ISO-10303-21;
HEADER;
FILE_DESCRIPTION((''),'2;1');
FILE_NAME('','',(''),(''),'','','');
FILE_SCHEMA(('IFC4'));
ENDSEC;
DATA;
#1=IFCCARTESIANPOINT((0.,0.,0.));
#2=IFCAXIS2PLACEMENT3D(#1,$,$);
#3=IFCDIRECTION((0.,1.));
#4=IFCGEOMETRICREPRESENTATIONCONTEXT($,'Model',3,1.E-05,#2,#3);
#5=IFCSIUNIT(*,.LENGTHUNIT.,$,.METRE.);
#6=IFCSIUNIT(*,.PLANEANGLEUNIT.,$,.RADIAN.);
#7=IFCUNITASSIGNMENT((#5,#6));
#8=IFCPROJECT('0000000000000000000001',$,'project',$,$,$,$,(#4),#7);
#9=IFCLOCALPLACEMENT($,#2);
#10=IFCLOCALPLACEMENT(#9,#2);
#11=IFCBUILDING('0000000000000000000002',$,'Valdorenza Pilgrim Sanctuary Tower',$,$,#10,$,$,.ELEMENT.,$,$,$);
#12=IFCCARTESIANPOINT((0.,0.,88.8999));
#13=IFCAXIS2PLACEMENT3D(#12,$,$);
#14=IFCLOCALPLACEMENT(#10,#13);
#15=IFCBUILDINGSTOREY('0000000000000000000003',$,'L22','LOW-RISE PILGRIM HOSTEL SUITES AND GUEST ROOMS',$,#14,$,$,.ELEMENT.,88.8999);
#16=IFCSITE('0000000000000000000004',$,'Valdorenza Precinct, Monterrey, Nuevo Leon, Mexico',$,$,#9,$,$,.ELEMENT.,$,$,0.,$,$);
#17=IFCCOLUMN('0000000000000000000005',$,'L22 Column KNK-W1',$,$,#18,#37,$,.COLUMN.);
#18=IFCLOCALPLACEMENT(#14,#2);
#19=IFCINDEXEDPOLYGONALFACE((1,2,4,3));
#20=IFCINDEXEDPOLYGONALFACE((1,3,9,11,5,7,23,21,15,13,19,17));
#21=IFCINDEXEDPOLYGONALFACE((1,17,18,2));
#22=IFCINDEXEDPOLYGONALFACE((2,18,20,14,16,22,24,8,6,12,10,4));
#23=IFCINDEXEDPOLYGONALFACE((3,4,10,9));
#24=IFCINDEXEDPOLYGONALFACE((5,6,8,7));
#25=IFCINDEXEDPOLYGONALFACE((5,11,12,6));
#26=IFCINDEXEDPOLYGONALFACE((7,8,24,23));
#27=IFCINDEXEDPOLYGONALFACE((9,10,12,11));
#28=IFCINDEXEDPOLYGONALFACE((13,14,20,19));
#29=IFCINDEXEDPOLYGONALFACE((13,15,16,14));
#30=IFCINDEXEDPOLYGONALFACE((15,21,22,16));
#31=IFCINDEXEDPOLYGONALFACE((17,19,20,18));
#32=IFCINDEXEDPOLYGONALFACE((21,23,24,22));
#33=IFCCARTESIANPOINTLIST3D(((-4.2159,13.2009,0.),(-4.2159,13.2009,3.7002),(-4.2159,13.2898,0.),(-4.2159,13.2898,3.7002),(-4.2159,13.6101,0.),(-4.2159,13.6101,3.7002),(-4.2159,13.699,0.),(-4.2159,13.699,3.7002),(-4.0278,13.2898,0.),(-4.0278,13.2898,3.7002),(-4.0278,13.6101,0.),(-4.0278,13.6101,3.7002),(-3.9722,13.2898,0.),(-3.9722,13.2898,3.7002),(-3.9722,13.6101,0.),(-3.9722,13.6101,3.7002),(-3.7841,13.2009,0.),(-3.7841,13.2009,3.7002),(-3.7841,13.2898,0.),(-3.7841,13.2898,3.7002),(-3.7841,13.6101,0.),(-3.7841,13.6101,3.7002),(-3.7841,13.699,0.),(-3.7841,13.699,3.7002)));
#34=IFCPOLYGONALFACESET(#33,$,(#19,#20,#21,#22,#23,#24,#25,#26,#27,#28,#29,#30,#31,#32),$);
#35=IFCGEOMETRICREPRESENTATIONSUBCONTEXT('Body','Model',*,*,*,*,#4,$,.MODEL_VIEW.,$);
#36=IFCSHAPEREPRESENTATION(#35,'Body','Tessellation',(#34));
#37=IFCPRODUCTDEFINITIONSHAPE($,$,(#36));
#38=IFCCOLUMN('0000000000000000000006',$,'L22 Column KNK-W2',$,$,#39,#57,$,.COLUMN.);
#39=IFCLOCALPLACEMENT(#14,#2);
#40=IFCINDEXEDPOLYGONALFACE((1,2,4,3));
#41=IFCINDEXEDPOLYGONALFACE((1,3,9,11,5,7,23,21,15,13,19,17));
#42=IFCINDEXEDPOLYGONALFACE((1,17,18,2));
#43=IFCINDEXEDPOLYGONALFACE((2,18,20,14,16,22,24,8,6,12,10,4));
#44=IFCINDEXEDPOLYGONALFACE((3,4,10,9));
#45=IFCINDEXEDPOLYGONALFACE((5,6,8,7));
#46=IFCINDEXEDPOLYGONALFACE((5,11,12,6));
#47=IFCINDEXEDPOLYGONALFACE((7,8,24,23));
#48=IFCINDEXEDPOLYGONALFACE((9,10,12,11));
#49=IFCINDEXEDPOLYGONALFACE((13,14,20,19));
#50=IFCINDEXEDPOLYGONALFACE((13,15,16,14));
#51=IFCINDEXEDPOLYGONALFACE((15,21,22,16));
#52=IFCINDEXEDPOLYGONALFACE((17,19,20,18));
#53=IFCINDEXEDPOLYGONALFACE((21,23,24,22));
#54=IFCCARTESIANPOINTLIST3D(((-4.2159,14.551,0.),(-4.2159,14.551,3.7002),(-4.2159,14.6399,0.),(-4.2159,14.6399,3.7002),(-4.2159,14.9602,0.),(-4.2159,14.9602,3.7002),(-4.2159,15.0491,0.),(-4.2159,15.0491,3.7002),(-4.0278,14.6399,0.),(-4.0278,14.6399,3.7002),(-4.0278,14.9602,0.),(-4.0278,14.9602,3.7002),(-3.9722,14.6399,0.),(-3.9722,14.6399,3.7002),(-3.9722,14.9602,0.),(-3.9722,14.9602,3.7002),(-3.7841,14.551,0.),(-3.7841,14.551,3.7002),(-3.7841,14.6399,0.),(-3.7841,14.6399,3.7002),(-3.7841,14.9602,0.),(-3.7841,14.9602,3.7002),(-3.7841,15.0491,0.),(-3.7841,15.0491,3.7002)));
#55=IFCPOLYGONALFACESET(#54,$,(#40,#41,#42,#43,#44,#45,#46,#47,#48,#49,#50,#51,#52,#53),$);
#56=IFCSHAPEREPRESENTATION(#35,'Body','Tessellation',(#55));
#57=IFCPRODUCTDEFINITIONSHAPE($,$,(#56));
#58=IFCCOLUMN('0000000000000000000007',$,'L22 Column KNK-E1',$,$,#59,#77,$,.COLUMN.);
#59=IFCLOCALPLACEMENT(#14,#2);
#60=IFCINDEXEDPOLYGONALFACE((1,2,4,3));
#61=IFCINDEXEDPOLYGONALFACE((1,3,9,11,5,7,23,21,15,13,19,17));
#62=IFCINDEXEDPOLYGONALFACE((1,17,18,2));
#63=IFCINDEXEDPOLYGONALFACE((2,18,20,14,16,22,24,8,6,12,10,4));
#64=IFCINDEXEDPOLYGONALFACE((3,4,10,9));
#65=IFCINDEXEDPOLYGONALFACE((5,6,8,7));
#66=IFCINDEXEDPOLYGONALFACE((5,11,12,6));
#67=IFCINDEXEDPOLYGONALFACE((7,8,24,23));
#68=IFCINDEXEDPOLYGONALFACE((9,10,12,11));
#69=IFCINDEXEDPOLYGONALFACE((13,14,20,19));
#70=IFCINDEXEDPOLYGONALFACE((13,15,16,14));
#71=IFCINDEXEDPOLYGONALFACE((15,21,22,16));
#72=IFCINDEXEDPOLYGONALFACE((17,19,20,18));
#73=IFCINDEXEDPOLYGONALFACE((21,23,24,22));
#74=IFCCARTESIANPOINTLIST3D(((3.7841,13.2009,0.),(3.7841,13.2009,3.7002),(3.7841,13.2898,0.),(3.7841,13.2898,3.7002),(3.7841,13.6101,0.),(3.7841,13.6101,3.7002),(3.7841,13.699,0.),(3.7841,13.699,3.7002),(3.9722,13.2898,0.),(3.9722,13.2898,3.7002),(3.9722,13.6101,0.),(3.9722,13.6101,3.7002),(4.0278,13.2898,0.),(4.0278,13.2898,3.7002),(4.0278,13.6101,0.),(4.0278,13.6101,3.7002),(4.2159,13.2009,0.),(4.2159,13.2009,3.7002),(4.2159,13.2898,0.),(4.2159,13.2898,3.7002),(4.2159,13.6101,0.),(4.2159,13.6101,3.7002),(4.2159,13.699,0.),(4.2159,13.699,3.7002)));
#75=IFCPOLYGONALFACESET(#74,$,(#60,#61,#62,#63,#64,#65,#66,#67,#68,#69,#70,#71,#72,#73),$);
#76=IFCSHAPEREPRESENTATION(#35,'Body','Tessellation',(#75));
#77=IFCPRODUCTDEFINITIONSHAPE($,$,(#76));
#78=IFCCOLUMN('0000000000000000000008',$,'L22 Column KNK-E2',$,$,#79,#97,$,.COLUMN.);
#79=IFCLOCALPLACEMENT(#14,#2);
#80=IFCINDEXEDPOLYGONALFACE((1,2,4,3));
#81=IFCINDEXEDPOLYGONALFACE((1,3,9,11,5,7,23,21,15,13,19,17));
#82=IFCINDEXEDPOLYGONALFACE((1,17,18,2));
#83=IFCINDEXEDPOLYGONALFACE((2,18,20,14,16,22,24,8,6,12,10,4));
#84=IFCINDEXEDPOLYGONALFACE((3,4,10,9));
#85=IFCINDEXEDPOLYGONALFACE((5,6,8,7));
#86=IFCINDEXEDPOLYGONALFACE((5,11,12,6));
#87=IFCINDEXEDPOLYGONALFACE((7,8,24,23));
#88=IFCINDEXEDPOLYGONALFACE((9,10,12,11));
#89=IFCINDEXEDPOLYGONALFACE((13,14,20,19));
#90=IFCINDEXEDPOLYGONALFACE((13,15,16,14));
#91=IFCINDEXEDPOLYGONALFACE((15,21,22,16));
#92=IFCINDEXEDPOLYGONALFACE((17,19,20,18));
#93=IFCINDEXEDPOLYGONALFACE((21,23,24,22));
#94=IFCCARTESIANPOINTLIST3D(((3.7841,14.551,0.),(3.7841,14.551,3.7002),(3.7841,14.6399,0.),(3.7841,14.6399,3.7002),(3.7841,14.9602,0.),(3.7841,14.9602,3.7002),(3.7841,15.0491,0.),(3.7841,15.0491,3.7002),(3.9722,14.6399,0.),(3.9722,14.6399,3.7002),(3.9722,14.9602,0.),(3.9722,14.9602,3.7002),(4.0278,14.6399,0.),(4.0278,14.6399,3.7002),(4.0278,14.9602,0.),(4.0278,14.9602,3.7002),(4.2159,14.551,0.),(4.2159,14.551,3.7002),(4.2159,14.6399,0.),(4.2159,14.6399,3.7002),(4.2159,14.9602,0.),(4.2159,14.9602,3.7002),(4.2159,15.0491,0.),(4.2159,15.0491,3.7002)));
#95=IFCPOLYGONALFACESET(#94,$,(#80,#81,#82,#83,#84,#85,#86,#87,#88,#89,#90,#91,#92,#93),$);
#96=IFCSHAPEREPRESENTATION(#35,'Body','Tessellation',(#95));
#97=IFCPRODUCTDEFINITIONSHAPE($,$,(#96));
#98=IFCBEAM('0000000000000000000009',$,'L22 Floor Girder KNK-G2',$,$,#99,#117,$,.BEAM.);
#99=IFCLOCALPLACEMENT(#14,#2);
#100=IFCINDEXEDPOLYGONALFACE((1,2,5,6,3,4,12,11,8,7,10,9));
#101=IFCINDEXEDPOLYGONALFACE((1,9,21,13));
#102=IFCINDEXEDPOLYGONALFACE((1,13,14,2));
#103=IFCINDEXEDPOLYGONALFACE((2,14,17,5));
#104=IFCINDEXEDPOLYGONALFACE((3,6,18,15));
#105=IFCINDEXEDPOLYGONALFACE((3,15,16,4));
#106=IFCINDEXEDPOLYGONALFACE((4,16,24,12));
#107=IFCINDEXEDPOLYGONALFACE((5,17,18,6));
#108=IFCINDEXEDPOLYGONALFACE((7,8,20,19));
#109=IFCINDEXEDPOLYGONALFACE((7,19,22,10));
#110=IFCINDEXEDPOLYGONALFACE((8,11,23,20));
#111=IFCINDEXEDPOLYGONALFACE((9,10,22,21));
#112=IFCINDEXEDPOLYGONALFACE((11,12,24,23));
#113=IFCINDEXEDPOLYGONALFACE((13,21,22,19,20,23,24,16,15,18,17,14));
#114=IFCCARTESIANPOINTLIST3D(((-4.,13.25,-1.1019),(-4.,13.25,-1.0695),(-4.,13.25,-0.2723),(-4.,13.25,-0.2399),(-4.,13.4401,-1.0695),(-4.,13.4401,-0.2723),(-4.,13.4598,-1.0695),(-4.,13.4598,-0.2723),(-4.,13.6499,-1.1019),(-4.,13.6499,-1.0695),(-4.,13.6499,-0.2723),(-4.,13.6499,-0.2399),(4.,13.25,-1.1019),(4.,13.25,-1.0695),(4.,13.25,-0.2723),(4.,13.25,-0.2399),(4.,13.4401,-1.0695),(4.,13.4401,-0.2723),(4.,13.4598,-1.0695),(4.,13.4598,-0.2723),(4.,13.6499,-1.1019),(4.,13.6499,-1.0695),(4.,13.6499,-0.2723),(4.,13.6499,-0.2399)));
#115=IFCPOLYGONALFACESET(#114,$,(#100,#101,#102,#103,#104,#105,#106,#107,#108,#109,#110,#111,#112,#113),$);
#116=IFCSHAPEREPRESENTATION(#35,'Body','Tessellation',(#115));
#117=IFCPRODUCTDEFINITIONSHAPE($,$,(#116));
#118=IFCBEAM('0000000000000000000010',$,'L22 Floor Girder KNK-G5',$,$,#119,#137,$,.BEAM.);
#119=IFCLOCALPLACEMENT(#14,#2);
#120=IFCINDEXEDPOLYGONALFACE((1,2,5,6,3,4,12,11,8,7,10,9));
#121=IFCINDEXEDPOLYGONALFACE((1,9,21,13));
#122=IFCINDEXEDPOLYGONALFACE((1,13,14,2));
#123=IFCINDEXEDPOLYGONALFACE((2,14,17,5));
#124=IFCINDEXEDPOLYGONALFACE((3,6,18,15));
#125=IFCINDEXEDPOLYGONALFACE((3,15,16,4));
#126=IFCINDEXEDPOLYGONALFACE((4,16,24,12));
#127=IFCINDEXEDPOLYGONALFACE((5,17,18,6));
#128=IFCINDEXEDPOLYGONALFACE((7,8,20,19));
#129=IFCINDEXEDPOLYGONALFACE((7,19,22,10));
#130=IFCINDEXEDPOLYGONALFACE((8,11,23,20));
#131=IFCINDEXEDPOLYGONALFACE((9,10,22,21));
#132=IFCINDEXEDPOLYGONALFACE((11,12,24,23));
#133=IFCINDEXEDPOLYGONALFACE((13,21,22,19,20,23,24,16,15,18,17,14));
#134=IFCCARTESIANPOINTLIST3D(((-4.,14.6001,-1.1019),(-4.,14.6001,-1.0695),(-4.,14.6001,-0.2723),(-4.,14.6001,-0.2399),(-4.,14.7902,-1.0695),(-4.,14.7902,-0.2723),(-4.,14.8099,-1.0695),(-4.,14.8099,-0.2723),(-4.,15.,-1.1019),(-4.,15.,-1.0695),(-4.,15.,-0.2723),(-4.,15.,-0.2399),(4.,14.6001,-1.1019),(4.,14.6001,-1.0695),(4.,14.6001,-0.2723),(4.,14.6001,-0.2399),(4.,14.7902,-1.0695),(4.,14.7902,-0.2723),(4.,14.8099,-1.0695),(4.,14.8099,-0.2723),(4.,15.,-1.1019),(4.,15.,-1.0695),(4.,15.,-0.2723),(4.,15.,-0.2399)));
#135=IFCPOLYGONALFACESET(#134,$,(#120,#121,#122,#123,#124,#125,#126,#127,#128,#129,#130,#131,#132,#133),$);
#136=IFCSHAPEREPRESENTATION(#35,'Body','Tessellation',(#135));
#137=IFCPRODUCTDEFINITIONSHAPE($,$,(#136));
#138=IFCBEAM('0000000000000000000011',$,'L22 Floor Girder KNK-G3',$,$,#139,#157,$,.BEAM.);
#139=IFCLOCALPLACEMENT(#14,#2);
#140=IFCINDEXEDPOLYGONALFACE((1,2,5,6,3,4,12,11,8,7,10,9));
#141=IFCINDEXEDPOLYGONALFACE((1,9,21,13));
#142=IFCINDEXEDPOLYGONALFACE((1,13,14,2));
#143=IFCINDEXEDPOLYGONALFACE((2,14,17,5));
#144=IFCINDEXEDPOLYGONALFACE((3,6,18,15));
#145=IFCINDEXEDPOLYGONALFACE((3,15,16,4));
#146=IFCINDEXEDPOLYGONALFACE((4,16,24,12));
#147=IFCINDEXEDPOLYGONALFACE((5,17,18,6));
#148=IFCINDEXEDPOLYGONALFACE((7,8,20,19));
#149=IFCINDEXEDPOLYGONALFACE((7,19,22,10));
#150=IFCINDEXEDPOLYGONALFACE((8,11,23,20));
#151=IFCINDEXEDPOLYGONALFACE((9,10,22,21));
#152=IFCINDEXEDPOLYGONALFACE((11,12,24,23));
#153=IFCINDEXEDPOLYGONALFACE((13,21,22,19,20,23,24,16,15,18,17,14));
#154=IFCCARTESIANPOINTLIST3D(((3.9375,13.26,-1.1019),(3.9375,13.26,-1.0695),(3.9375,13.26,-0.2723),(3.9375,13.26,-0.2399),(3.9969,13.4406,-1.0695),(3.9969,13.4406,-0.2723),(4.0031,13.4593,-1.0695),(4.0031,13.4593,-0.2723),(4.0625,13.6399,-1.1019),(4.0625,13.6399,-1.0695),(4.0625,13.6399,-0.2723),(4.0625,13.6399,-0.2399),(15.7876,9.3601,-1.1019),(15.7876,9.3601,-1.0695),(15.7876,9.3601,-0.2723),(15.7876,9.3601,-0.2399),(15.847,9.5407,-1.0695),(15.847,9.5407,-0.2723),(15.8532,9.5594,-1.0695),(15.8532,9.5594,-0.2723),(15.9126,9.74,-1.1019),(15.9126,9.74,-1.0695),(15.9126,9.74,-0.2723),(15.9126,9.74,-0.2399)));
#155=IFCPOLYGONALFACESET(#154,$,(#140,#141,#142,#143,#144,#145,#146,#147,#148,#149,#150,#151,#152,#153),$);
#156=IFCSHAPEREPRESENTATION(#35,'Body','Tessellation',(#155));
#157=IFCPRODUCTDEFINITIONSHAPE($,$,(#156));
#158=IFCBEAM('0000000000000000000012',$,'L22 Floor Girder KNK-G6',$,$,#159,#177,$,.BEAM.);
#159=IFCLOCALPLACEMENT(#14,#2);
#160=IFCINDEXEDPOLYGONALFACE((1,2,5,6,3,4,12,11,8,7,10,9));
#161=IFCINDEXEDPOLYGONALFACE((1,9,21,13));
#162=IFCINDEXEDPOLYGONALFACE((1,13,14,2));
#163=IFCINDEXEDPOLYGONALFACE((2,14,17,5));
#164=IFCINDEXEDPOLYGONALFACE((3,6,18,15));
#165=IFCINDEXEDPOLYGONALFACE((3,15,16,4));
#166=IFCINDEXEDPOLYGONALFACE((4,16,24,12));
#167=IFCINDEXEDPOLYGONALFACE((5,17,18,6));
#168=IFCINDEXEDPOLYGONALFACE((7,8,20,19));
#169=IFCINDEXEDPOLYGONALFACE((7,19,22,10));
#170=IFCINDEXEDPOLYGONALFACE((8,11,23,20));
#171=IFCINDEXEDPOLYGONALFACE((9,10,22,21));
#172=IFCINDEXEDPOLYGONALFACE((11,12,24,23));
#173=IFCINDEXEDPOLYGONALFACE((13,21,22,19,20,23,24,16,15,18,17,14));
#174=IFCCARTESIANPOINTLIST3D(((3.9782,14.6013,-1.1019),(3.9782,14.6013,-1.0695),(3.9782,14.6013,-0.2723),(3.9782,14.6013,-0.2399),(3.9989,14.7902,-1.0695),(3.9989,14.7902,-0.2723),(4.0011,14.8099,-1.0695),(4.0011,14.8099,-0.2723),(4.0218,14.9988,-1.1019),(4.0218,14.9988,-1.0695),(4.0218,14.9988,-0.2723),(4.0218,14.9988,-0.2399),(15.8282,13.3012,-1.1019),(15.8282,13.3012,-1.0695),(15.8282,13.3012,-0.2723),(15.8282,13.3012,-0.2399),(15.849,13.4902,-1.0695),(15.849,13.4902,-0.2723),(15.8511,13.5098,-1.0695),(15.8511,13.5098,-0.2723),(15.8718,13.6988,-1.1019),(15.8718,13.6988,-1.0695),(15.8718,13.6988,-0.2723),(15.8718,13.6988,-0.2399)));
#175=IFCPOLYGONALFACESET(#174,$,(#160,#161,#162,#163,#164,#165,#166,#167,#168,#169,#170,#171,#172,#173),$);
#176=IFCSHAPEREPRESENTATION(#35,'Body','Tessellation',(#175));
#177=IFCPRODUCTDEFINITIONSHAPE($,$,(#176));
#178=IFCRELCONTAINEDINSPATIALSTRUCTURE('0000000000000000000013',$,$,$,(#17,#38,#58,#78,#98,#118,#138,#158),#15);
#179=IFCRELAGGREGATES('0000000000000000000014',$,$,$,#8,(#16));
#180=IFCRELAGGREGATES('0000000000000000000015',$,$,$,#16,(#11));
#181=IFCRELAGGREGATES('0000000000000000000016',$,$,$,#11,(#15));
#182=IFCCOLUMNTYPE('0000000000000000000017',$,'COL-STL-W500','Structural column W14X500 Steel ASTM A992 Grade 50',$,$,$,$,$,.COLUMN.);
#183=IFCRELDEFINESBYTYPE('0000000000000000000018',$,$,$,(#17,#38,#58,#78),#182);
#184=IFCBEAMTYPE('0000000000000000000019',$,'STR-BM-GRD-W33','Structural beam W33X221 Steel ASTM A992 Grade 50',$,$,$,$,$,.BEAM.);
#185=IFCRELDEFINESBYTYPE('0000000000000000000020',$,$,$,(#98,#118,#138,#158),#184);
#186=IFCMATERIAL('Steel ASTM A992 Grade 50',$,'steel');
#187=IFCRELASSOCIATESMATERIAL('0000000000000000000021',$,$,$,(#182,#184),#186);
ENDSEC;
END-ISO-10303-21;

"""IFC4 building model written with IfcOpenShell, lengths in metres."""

from ifc_helpers import new_model, si_unit, direction, frame, origin, origin_2d, place, context, subcontext, project, spatial, i_section, extrude, source, transform, mapped, material, material_profile, profile_set, type_object, element, save


model = new_model("IFC4")

# Units and contexts
model_context = context("Model", 3, precision=1e-05, world=origin(), true_north=direction((0.0, 1.0)))
body_context = subcontext(model_context, "Body", "Model", "MODEL_VIEW")
ifc_project = project(units=[si_unit("LENGTHUNIT", "METRE"), si_unit("PLANEANGLEUNIT", "RADIAN")], contexts=[model_context])

# Site, building, storey
site_placement = place(None, origin())
site = spatial("IfcSite", under=ifc_project, at=site_placement, Name="Valdorenza Precinct, Monterrey, Nuevo Leon, Mexico", CompositionType="ELEMENT", RefElevation=0.0)
building_placement = place(site_placement, origin())
building = spatial("IfcBuilding", under=site, at=building_placement, Name="Valdorenza Pilgrim Sanctuary Tower", CompositionType="ELEMENT")
storey_placement = place(building_placement, frame((0.0, 0.0, 88.8999)))
storey = spatial("IfcBuildingStorey", under=building, at=storey_placement, Name="L22", Description="LOW-RISE PILGRIM HOSTEL SUITES AND GUEST ROOMS", CompositionType="ELEMENT", Elevation=88.8999)

# Columns
ifc_material_1 = material(Name="Steel ASTM A992 Grade 50", Category="steel")
ifc_material_profile_1 = material_profile(ifc_material_1, i_section(OverallWidth=0.4319, OverallDepth=0.498, WebThickness=0.0557, FlangeThickness=0.0889, at=origin_2d()), Name="W14X500")
ifc_profile_set_1 = profile_set([ifc_material_profile_1], Name="Steel ASTM A992 Grade 50")
column_type = type_object("IfcColumnType", Name="COL-STL-W500", Description="Structural column W14X500 Steel ASTM A992 Grade 50", PredefinedType="COLUMN", material=ifc_profile_set_1)
shared_shape_1 = source(origin(), body_context, "Body", "SweptSolid", [
    extrude(i_section(OverallWidth=0.4319, OverallDepth=0.498, WebThickness=0.0557, FlangeThickness=0.0889, at=origin_2d()), origin(), (0.0, 0.0, 1.0), 3.7002),
])
for number, where, z_axis, x_axis, name in (
    (1, (-4.0, 13.45, 0.0), (0.0, 0.0, 1.0), (1.0, 0.0, 0.0), "L22 Column KNK-W1"),
    (2, (-4.0, 14.8, 0.0), (0.0, 0.0, 1.0), (1.0, 0.0, 0.0), "L22 Column KNK-W2"),
    (3, (4.0, 13.45, 0.0), (0.0, 0.0, 1.0), (1.0, 0.0, 0.0), "L22 Column KNK-E1"),
    (4, (4.0, 14.8, 0.0), (0.0, 0.0, 1.0), (1.0, 0.0, 0.0), "L22 Column KNK-E2"),
):
    element("IfcColumn", number, at=place(storey_placement, frame(where, z_axis=z_axis, x_axis=x_axis)), inside=storey, type_object=column_type, Name=name, PredefinedType="COLUMN", context=body_context, shape_type="MappedRepresentation", body=[
        mapped(shared_shape_1, transform((0.0, 0.0, 0.0), x_axis=(1.0, 0.0, 0.0), y_axis=(0.0, 1.0, 0.0), z_axis=(0.0, 0.0, 1.0), scale=1.0)),
    ])

# Beams
ifc_material_profile_2 = material_profile(ifc_material_1, i_section(OverallWidth=0.3999, OverallDepth=0.8621, WebThickness=0.0198, FlangeThickness=0.0325, at=origin_2d()), Name="W33X221")
ifc_profile_set_2 = profile_set([ifc_material_profile_2], Name="Steel ASTM A992 Grade 50")
beam_type_1 = type_object("IfcBeamType", Name="STR-BM-GRD-W33", Description="Structural beam W33X221 Steel ASTM A992 Grade 50", PredefinedType="BEAM", material=ifc_profile_set_2)
shared_shape_2 = source(origin(), body_context, "Body", "SweptSolid", [
    extrude(i_section(OverallWidth=0.3999, OverallDepth=0.8621, WebThickness=0.0198, FlangeThickness=0.0325, at=origin_2d()), origin(), (0.0, 0.0, 1.0), 8.0),
])
for number, where, z_axis, x_axis, name in (
    (5, (-4.0, 13.45, -0.6709), (1.0, 0.0, 0.0), (0.0, 1.0, 0.0), "L22 Floor Girder KNK-G2"),
    (6, (-4.0, 14.8, -0.6709), (1.0, 0.0, 0.0), (0.0, 1.0, 0.0), "L22 Floor Girder KNK-G5"),
):
    element("IfcBeam", number, at=place(storey_placement, frame(where, z_axis=z_axis, x_axis=x_axis)), inside=storey, type_object=beam_type_1, Name=name, PredefinedType="BEAM", context=body_context, shape_type="MappedRepresentation", body=[
        mapped(shared_shape_2, transform((0.0, 0.0, 0.0), x_axis=(1.0, 0.0, 0.0), y_axis=(0.0, 1.0, 0.0), z_axis=(0.0, 0.0, 1.0), scale=1.0)),
    ])
shared_shape_3 = source(origin(), body_context, "Body", "SweptSolid", [
    extrude(i_section(OverallWidth=0.3999, OverallDepth=0.8621, WebThickness=0.0198, FlangeThickness=0.0325, at=origin_2d()), origin(), (0.0, 0.0, 1.0), 12.4753),
])
beam_1_placement = place(storey_placement, frame((4.0, 13.45, -0.6709), z_axis=(0.949882, -0.312609, 0.0), x_axis=(0.312609, 0.949882, 0.0)))
element("IfcBeam", 7, at=beam_1_placement, inside=storey, type_object=beam_type_1, Name="L22 Floor Girder KNK-G3", PredefinedType="BEAM", context=body_context, shape_type="MappedRepresentation", body=[
    mapped(shared_shape_3, transform((0.0, 0.0, 0.0), x_axis=(1.0, 0.0, 0.0), y_axis=(0.0, 1.0, 0.0), z_axis=(0.0, 0.0, 1.0), scale=1.0)),
])
shared_shape_4 = source(origin(), body_context, "Body", "SweptSolid", [
    extrude(i_section(OverallWidth=0.3999, OverallDepth=0.8621, WebThickness=0.0198, FlangeThickness=0.0325, at=origin_2d()), origin(), (0.0, 0.0, 1.0), 11.9211),
])
beam_2_placement = place(storey_placement, frame((4.0, 14.8, -0.6709), z_axis=(0.994036, -0.109054, 0.0), x_axis=(0.109054, 0.994036, 0.0)))
element("IfcBeam", 8, at=beam_2_placement, inside=storey, type_object=beam_type_1, Name="L22 Floor Girder KNK-G6", PredefinedType="BEAM", context=body_context, shape_type="MappedRepresentation", body=[
    mapped(shared_shape_4, transform((0.0, 0.0, 0.0), x_axis=(1.0, 0.0, 0.0), y_axis=(0.0, 1.0, 0.0), z_axis=(0.0, 0.0, 1.0), scale=1.0)),
])

save(model, "model.ifc")
